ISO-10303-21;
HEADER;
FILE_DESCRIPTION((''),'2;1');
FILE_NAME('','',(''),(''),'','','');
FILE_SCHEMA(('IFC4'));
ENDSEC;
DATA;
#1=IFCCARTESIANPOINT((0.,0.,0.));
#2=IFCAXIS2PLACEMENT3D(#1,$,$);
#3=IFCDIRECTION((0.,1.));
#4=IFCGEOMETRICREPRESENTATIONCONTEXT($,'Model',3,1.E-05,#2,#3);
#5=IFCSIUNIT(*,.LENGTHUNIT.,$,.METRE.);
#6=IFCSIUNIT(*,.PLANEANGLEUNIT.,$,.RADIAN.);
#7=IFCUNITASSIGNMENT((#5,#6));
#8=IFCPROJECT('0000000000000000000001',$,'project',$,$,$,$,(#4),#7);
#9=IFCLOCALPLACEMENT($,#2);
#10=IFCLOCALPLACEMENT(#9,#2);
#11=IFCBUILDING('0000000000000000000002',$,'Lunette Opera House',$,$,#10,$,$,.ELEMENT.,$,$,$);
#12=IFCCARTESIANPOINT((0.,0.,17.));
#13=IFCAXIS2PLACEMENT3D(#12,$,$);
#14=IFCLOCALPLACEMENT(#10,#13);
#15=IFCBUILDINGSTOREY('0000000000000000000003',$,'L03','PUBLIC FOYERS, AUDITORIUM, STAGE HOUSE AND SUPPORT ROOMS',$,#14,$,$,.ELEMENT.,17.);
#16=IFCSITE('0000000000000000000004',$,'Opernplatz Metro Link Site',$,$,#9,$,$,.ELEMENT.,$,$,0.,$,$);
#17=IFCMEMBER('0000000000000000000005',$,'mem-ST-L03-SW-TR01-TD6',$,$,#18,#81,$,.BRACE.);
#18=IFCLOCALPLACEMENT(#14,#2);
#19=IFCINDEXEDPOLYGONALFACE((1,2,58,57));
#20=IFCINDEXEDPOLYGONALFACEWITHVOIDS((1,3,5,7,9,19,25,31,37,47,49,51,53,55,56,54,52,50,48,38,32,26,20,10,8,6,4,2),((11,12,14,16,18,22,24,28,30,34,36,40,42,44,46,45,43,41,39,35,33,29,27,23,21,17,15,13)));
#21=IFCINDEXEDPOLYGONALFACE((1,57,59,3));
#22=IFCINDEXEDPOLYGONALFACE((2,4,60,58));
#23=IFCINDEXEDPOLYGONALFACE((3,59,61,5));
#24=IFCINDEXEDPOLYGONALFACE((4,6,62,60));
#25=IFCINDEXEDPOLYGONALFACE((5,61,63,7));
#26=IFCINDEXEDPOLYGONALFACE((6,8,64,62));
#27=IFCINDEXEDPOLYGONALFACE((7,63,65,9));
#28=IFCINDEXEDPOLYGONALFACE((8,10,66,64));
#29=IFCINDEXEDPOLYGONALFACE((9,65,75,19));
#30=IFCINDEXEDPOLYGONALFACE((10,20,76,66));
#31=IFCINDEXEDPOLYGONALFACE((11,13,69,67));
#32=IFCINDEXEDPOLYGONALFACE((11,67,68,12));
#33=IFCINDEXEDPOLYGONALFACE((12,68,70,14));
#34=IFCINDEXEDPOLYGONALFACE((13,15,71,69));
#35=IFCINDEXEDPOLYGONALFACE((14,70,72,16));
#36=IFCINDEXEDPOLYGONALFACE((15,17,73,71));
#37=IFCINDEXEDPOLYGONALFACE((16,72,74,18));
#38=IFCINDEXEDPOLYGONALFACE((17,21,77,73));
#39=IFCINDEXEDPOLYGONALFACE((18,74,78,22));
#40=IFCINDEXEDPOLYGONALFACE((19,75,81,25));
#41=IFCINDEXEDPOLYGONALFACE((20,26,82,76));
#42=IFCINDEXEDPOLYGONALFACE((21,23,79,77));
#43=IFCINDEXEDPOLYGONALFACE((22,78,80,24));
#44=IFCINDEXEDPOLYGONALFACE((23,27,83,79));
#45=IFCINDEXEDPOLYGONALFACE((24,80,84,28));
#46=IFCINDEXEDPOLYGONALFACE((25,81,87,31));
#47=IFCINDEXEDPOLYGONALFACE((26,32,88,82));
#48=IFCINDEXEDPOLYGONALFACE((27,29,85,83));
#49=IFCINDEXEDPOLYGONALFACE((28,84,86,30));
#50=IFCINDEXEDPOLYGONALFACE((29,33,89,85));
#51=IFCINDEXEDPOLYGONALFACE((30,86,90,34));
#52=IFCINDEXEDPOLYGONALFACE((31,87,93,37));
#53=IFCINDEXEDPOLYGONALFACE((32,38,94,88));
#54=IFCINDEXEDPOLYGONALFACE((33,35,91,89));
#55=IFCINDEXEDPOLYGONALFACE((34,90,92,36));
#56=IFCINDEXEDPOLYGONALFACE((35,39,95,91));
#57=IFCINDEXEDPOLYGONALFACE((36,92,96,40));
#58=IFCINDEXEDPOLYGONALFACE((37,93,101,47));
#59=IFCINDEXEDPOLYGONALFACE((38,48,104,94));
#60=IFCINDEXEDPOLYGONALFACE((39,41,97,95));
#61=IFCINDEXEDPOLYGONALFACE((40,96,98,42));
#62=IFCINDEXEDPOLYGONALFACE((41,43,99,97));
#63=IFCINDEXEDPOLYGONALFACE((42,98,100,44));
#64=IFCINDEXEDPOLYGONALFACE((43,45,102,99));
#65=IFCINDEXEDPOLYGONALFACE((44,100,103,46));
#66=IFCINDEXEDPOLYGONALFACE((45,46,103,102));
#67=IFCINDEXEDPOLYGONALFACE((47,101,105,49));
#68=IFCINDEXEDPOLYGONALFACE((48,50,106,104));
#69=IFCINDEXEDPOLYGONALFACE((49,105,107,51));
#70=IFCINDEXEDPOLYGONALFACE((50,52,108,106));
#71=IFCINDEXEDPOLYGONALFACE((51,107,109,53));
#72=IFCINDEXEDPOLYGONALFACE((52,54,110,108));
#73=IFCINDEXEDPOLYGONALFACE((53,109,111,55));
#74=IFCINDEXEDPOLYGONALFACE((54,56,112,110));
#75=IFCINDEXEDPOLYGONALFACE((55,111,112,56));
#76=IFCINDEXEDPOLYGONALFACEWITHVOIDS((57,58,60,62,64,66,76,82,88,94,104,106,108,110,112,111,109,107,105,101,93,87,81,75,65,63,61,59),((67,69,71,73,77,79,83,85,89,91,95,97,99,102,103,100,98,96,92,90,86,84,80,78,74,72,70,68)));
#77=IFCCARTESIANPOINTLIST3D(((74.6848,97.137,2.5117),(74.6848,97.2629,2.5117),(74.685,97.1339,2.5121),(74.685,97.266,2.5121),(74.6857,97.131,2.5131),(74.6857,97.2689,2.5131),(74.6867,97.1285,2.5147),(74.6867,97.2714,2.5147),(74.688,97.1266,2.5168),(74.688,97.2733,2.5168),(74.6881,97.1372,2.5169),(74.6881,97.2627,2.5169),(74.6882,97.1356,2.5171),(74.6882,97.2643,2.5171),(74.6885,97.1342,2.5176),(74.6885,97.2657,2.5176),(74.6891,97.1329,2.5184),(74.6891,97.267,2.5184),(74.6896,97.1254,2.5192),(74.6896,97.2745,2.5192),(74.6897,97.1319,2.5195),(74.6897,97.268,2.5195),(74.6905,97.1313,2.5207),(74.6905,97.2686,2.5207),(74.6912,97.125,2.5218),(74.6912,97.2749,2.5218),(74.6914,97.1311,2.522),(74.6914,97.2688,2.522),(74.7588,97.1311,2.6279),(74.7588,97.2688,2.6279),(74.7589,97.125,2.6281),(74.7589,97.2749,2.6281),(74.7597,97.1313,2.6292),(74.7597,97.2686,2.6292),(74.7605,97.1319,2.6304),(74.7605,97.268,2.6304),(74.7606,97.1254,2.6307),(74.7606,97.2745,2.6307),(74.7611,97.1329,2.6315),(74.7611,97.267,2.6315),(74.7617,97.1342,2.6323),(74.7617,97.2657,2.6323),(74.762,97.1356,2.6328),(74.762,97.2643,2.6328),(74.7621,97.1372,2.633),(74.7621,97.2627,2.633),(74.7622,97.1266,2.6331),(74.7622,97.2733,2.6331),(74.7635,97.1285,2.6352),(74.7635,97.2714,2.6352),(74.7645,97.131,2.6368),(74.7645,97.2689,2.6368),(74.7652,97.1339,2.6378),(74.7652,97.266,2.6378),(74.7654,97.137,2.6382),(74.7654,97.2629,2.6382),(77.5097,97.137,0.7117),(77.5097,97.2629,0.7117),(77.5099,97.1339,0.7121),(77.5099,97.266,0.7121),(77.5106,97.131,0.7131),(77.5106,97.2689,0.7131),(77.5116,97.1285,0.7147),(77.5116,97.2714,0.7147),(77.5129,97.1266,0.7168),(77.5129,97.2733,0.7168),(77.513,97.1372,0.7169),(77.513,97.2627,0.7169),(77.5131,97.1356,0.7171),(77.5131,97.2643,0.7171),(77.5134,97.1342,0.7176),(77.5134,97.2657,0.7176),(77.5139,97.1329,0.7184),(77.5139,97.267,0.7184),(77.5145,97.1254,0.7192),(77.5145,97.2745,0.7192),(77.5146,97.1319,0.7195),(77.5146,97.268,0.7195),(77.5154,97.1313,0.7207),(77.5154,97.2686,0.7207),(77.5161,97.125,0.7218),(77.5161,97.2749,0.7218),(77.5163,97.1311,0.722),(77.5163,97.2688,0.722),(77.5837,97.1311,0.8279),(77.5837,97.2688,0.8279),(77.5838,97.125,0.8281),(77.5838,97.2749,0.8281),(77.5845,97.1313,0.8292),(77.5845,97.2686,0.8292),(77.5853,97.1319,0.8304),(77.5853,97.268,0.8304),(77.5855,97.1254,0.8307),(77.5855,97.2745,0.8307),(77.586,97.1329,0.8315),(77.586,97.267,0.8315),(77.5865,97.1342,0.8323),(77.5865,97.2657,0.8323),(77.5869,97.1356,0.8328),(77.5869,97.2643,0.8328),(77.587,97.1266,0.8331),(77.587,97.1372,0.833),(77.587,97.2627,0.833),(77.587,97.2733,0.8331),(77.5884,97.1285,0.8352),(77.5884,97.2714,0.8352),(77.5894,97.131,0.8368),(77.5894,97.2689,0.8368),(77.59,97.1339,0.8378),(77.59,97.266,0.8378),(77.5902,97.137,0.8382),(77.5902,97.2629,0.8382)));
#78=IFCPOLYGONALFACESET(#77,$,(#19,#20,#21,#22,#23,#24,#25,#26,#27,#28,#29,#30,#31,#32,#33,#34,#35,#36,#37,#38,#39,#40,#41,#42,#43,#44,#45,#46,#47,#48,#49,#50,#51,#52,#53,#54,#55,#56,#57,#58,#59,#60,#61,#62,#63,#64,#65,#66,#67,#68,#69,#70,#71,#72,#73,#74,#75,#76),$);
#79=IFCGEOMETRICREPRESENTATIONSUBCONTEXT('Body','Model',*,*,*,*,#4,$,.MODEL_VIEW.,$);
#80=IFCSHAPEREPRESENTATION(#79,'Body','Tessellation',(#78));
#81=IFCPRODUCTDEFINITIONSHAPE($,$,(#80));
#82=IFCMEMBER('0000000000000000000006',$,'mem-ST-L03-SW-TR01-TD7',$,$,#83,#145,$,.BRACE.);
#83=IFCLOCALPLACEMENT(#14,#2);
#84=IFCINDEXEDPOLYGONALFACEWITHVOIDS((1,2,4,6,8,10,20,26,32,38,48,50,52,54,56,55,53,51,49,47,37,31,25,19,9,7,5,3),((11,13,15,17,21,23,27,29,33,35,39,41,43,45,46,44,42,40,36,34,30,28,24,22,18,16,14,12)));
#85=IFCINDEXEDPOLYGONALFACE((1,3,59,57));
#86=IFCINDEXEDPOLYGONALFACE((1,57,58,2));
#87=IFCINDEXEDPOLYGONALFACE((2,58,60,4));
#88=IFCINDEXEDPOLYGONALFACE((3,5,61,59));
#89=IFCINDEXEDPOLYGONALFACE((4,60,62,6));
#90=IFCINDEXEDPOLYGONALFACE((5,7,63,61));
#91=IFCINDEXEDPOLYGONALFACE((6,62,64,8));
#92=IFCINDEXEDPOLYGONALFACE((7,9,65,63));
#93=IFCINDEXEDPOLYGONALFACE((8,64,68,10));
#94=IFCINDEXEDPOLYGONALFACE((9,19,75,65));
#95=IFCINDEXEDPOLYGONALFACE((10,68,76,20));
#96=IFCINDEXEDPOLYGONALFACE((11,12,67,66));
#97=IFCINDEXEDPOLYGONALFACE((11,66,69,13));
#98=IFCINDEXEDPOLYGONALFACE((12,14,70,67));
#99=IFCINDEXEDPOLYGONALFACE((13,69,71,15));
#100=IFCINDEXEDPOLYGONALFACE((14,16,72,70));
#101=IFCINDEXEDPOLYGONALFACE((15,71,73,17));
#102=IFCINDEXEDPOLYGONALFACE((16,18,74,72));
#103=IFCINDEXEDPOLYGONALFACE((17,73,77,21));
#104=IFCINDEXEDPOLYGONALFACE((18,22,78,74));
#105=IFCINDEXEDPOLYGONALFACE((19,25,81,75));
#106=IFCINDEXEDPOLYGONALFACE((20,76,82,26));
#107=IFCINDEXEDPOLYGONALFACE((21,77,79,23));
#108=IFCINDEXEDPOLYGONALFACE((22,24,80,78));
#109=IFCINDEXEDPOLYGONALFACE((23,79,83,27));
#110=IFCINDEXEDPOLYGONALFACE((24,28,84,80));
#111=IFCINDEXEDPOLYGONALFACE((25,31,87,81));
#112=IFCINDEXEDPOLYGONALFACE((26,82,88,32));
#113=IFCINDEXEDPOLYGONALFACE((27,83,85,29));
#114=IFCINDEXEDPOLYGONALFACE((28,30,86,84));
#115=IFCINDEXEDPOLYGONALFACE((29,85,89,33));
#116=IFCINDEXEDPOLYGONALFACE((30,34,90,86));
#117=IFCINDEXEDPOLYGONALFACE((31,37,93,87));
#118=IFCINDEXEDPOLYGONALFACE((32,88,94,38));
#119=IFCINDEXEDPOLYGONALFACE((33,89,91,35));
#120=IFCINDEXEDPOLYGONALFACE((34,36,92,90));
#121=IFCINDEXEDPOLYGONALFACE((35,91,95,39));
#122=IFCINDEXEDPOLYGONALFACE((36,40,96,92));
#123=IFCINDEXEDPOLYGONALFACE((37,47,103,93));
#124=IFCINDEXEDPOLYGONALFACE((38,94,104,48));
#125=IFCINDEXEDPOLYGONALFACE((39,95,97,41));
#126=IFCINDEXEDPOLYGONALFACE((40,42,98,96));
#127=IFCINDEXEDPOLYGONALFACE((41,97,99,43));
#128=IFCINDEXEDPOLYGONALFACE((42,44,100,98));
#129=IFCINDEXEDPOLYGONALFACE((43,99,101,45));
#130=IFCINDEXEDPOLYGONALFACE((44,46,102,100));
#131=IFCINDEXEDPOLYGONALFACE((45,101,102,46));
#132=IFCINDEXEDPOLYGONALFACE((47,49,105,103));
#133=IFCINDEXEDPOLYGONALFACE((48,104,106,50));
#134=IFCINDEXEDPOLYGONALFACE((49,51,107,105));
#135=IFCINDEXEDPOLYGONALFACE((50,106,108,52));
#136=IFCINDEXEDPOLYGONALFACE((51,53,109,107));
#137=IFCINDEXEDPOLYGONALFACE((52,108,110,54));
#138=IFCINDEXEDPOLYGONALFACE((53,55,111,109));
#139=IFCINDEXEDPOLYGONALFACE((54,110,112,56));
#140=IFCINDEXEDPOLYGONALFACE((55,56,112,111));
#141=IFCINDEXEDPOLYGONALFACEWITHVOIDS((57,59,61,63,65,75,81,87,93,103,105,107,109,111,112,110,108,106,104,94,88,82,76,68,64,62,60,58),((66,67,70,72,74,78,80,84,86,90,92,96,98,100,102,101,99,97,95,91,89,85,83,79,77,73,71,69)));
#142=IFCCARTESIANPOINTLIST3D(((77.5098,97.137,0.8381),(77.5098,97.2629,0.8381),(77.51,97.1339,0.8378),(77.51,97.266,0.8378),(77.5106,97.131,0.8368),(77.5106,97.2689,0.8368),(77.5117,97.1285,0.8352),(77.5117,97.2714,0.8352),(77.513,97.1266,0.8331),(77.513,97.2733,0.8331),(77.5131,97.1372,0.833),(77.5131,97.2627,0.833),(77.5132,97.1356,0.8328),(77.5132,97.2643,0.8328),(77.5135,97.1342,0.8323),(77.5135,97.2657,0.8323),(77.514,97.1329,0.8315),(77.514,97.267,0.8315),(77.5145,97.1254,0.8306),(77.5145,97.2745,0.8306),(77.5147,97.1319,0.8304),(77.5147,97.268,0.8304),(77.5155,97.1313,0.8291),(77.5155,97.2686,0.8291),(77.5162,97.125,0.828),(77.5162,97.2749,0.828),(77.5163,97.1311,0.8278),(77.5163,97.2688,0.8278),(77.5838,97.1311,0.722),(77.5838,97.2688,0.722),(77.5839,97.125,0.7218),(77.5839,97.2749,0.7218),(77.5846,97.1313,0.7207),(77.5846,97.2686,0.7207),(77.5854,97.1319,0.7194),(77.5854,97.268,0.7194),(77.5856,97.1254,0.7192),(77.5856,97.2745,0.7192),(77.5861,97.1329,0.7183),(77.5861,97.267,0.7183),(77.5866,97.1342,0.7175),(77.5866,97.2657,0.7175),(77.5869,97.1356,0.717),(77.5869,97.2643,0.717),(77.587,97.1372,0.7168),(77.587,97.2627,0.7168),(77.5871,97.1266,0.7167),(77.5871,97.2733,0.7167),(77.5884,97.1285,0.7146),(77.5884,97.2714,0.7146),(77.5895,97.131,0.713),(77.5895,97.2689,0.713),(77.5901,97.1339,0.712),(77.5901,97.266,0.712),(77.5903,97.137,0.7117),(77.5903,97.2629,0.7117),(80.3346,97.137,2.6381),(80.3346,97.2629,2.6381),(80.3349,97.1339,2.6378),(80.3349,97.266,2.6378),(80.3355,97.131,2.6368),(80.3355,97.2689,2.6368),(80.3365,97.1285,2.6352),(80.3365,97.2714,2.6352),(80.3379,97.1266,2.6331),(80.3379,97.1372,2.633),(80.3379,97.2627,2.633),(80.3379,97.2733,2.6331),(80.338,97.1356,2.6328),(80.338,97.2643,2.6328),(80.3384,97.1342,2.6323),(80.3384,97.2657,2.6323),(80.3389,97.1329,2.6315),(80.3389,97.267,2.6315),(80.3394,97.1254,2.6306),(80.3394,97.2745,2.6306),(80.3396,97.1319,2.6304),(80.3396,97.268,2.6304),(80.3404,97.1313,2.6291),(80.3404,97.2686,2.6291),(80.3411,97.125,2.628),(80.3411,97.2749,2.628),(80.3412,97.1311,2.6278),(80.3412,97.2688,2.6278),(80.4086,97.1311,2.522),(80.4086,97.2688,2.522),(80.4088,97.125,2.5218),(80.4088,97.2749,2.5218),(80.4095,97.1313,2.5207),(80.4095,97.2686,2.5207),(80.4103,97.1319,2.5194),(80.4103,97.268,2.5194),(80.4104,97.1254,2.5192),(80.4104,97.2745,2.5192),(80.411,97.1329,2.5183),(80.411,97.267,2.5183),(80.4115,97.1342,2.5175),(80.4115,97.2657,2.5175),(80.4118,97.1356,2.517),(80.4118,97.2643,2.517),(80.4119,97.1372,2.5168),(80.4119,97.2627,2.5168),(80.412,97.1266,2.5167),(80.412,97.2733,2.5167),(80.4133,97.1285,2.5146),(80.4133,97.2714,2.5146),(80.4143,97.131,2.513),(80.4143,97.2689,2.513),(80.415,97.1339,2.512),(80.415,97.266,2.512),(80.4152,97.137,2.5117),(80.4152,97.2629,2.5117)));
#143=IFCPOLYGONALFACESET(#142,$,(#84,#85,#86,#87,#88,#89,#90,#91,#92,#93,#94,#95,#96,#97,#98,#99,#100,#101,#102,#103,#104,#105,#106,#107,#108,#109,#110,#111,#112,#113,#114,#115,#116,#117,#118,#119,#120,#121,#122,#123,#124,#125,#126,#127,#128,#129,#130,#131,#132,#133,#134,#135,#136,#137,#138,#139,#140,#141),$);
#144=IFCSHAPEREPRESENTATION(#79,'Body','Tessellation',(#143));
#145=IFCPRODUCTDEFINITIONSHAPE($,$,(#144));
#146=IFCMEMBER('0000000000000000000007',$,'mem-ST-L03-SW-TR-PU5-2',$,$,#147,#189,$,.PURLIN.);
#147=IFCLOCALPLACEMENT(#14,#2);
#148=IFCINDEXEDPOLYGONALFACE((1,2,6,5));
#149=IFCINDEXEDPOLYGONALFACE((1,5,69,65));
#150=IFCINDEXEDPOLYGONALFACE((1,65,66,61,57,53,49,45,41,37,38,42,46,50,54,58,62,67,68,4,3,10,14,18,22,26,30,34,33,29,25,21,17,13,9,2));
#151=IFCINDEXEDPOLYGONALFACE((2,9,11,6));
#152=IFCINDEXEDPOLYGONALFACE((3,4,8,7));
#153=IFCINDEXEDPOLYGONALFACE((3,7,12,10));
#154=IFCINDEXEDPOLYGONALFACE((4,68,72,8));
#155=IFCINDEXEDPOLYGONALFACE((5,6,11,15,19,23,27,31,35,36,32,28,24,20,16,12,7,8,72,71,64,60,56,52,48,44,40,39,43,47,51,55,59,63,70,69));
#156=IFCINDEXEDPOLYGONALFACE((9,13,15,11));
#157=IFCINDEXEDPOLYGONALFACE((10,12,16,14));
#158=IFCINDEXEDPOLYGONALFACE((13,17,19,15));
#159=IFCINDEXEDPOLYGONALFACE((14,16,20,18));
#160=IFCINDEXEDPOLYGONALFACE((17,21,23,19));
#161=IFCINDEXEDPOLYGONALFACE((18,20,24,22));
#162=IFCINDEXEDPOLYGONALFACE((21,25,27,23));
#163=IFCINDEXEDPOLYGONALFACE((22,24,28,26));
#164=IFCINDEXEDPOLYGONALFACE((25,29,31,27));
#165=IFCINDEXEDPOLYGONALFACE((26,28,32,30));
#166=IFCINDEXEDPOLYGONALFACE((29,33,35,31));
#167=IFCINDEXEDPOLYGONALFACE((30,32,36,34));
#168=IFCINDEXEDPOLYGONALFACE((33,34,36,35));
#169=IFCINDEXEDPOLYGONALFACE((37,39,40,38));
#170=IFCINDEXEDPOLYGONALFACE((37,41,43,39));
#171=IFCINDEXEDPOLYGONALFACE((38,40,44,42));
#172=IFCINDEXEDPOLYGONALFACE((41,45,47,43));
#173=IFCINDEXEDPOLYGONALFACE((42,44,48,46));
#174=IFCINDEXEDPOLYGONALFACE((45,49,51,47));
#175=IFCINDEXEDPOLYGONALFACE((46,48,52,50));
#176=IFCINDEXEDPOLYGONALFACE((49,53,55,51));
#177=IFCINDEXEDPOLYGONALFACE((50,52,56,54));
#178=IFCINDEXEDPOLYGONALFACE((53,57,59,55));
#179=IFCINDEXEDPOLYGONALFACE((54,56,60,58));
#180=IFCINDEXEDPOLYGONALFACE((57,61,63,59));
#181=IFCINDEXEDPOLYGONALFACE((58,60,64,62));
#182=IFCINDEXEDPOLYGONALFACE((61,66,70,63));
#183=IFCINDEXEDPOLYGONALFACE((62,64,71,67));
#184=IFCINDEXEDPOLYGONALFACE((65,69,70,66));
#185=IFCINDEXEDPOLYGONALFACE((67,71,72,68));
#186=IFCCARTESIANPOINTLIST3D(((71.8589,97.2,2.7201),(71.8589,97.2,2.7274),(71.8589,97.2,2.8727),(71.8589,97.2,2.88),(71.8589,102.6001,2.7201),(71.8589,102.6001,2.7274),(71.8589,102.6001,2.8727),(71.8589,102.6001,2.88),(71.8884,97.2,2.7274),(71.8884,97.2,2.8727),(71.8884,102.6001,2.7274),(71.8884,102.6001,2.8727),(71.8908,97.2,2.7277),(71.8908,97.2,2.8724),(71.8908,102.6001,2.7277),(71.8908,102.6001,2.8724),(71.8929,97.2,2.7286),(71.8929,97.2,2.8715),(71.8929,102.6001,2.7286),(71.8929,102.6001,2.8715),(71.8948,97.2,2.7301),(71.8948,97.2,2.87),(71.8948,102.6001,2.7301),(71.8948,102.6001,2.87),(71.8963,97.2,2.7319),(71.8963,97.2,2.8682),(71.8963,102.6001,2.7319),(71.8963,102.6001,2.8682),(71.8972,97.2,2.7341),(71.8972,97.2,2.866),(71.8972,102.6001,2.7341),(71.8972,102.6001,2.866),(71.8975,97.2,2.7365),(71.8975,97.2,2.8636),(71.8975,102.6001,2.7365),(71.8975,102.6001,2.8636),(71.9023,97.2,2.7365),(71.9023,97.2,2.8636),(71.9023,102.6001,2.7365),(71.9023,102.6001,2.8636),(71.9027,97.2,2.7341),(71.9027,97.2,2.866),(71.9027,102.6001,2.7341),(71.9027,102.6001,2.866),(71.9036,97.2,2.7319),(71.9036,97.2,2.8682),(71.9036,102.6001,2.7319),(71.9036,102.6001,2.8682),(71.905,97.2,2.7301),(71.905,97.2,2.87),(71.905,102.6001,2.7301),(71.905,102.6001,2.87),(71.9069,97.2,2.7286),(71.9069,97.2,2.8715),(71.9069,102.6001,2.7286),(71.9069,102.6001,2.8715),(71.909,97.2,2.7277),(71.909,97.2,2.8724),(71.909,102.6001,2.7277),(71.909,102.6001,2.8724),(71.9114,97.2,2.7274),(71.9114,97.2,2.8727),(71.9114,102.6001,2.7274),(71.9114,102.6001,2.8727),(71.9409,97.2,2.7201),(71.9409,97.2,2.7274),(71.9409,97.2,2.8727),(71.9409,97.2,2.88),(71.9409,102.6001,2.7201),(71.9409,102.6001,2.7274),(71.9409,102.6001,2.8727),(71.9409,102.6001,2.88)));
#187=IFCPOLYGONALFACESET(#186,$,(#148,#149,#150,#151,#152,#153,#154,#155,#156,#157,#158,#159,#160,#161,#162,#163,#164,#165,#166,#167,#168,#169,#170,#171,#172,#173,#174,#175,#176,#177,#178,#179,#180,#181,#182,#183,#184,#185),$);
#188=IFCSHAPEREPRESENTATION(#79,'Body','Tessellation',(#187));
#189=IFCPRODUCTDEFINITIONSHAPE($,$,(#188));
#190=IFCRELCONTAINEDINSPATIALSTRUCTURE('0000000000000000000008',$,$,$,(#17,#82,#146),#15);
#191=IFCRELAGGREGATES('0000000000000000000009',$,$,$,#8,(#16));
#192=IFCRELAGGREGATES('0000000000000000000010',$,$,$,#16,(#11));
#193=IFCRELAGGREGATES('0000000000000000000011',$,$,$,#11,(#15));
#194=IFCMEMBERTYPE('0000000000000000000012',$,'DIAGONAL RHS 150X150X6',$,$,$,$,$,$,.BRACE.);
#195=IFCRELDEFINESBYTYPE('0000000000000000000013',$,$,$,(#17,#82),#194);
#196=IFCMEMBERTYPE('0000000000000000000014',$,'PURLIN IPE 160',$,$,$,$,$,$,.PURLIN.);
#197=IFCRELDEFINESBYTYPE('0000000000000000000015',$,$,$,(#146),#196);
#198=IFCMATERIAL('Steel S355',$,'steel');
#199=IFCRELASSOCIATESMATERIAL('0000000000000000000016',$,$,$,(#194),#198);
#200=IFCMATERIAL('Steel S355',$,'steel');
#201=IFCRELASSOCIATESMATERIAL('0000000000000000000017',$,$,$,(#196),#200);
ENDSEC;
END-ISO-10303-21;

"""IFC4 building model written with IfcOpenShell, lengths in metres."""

from ifc_helpers import new_model, si_unit, direction, frame, origin, origin_2d, place, context, subcontext, project, spatial, hollow_rectangle, i_section, extrude, material, material_profile, profile_set, type_object, element, save


model = new_model("IFC4")

# Units and contexts
model_context = context("Model", 3, precision=1e-05, world=origin(), true_north=direction((0.0, 1.0)))
body_context = subcontext(model_context, "Body", "Model", "MODEL_VIEW")
ifc_project = project(units=[si_unit("LENGTHUNIT", "METRE"), si_unit("PLANEANGLEUNIT", "RADIAN")], contexts=[model_context])

# Site, building, storey
site_placement = place(None, origin())
site = spatial("IfcSite", under=ifc_project, at=site_placement, Name="Opernplatz Metro Link Site", CompositionType="ELEMENT", RefElevation=0.0)
building_placement = place(site_placement, origin())
building = spatial("IfcBuilding", under=site, at=building_placement, Name="Lunette Opera House", CompositionType="ELEMENT")
storey_placement = place(building_placement, frame((0.0, 0.0, 17.0)))
storey = spatial("IfcBuildingStorey", under=building, at=storey_placement, Name="L03", Description="PUBLIC FOYERS, AUDITORIUM, STAGE HOUSE AND SUPPORT ROOMS", CompositionType="ELEMENT", Elevation=17.0)

# Members
ifc_material_1 = material(Name="Steel S355", Category="steel")
ifc_material_profile_1 = material_profile(ifc_material_1, hollow_rectangle(XDim=0.1499, YDim=0.1499, WallThickness=0.0061, InnerFilletRadius=0.0061, OuterFilletRadius=0.012, at=origin_2d()), Name="RHS 150X150X6")
ifc_profile_set_1 = profile_set([ifc_material_profile_1], Name="Steel S355")
member_type_1 = type_object("IfcMemberType", Name="DIAGONAL RHS 150X150X6", PredefinedType="BRACE", material=ifc_profile_set_1)
for number, where, z_axis, x_axis, name in (
    (1, (74.7251, 97.2, 2.575), (0.843343, 0.0, -0.537375), (0.0, 1.0, 0.0), "mem-ST-L03-SW-TR01-TD6"),
    (2, (77.55, 97.2, 0.7749), (0.843343, 0.0, 0.537375), (0.0, 1.0, 0.0), "mem-ST-L03-SW-TR01-TD7"),
):
    element("IfcMember", number, at=place(storey_placement, frame(where, z_axis=z_axis, x_axis=x_axis)), inside=storey, type_object=member_type_1, Name=name, PredefinedType="BRACE", context=body_context, shape_type="SweptSolid", body=[
        extrude(hollow_rectangle(XDim=0.1499, YDim=0.1499, WallThickness=0.0061, InnerFilletRadius=0.0061, OuterFilletRadius=0.012, at=origin_2d()), origin(), (0.0, 0.0, 1.0), 3.3496),
    ])
ifc_material_2 = material(Name="Steel S355", Category="steel")
ifc_material_profile_2 = material_profile(ifc_material_2, i_section(OverallWidth=0.082, OverallDepth=0.1599, WebThickness=0.0049, FlangeThickness=0.0073, FilletRadius=0.009, at=origin_2d()), Name="IPE 160")
ifc_profile_set_2 = profile_set([ifc_material_profile_2], Name="Steel S355")
member_type_2 = type_object("IfcMemberType", Name="PURLIN IPE 160", PredefinedType="PURLIN", material=ifc_profile_set_2)
member_1_placement = place(storey_placement, frame((71.8999, 97.2, 2.8), z_axis=(0.0, 1.0, 0.0), x_axis=(-1.0, 0.0, 0.0)))
element("IfcMember", 3, at=member_1_placement, inside=storey, type_object=member_type_2, Name="mem-ST-L03-SW-TR-PU5-2", PredefinedType="PURLIN", context=body_context, shape_type="SweptSolid", body=[
    extrude(i_section(OverallWidth=0.082, OverallDepth=0.1599, WebThickness=0.0049, FlangeThickness=0.0073, FilletRadius=0.009, at=origin_2d()), origin(), (0.0, 0.0, 1.0), 5.4001),
])

save(model, "model.ifc")
